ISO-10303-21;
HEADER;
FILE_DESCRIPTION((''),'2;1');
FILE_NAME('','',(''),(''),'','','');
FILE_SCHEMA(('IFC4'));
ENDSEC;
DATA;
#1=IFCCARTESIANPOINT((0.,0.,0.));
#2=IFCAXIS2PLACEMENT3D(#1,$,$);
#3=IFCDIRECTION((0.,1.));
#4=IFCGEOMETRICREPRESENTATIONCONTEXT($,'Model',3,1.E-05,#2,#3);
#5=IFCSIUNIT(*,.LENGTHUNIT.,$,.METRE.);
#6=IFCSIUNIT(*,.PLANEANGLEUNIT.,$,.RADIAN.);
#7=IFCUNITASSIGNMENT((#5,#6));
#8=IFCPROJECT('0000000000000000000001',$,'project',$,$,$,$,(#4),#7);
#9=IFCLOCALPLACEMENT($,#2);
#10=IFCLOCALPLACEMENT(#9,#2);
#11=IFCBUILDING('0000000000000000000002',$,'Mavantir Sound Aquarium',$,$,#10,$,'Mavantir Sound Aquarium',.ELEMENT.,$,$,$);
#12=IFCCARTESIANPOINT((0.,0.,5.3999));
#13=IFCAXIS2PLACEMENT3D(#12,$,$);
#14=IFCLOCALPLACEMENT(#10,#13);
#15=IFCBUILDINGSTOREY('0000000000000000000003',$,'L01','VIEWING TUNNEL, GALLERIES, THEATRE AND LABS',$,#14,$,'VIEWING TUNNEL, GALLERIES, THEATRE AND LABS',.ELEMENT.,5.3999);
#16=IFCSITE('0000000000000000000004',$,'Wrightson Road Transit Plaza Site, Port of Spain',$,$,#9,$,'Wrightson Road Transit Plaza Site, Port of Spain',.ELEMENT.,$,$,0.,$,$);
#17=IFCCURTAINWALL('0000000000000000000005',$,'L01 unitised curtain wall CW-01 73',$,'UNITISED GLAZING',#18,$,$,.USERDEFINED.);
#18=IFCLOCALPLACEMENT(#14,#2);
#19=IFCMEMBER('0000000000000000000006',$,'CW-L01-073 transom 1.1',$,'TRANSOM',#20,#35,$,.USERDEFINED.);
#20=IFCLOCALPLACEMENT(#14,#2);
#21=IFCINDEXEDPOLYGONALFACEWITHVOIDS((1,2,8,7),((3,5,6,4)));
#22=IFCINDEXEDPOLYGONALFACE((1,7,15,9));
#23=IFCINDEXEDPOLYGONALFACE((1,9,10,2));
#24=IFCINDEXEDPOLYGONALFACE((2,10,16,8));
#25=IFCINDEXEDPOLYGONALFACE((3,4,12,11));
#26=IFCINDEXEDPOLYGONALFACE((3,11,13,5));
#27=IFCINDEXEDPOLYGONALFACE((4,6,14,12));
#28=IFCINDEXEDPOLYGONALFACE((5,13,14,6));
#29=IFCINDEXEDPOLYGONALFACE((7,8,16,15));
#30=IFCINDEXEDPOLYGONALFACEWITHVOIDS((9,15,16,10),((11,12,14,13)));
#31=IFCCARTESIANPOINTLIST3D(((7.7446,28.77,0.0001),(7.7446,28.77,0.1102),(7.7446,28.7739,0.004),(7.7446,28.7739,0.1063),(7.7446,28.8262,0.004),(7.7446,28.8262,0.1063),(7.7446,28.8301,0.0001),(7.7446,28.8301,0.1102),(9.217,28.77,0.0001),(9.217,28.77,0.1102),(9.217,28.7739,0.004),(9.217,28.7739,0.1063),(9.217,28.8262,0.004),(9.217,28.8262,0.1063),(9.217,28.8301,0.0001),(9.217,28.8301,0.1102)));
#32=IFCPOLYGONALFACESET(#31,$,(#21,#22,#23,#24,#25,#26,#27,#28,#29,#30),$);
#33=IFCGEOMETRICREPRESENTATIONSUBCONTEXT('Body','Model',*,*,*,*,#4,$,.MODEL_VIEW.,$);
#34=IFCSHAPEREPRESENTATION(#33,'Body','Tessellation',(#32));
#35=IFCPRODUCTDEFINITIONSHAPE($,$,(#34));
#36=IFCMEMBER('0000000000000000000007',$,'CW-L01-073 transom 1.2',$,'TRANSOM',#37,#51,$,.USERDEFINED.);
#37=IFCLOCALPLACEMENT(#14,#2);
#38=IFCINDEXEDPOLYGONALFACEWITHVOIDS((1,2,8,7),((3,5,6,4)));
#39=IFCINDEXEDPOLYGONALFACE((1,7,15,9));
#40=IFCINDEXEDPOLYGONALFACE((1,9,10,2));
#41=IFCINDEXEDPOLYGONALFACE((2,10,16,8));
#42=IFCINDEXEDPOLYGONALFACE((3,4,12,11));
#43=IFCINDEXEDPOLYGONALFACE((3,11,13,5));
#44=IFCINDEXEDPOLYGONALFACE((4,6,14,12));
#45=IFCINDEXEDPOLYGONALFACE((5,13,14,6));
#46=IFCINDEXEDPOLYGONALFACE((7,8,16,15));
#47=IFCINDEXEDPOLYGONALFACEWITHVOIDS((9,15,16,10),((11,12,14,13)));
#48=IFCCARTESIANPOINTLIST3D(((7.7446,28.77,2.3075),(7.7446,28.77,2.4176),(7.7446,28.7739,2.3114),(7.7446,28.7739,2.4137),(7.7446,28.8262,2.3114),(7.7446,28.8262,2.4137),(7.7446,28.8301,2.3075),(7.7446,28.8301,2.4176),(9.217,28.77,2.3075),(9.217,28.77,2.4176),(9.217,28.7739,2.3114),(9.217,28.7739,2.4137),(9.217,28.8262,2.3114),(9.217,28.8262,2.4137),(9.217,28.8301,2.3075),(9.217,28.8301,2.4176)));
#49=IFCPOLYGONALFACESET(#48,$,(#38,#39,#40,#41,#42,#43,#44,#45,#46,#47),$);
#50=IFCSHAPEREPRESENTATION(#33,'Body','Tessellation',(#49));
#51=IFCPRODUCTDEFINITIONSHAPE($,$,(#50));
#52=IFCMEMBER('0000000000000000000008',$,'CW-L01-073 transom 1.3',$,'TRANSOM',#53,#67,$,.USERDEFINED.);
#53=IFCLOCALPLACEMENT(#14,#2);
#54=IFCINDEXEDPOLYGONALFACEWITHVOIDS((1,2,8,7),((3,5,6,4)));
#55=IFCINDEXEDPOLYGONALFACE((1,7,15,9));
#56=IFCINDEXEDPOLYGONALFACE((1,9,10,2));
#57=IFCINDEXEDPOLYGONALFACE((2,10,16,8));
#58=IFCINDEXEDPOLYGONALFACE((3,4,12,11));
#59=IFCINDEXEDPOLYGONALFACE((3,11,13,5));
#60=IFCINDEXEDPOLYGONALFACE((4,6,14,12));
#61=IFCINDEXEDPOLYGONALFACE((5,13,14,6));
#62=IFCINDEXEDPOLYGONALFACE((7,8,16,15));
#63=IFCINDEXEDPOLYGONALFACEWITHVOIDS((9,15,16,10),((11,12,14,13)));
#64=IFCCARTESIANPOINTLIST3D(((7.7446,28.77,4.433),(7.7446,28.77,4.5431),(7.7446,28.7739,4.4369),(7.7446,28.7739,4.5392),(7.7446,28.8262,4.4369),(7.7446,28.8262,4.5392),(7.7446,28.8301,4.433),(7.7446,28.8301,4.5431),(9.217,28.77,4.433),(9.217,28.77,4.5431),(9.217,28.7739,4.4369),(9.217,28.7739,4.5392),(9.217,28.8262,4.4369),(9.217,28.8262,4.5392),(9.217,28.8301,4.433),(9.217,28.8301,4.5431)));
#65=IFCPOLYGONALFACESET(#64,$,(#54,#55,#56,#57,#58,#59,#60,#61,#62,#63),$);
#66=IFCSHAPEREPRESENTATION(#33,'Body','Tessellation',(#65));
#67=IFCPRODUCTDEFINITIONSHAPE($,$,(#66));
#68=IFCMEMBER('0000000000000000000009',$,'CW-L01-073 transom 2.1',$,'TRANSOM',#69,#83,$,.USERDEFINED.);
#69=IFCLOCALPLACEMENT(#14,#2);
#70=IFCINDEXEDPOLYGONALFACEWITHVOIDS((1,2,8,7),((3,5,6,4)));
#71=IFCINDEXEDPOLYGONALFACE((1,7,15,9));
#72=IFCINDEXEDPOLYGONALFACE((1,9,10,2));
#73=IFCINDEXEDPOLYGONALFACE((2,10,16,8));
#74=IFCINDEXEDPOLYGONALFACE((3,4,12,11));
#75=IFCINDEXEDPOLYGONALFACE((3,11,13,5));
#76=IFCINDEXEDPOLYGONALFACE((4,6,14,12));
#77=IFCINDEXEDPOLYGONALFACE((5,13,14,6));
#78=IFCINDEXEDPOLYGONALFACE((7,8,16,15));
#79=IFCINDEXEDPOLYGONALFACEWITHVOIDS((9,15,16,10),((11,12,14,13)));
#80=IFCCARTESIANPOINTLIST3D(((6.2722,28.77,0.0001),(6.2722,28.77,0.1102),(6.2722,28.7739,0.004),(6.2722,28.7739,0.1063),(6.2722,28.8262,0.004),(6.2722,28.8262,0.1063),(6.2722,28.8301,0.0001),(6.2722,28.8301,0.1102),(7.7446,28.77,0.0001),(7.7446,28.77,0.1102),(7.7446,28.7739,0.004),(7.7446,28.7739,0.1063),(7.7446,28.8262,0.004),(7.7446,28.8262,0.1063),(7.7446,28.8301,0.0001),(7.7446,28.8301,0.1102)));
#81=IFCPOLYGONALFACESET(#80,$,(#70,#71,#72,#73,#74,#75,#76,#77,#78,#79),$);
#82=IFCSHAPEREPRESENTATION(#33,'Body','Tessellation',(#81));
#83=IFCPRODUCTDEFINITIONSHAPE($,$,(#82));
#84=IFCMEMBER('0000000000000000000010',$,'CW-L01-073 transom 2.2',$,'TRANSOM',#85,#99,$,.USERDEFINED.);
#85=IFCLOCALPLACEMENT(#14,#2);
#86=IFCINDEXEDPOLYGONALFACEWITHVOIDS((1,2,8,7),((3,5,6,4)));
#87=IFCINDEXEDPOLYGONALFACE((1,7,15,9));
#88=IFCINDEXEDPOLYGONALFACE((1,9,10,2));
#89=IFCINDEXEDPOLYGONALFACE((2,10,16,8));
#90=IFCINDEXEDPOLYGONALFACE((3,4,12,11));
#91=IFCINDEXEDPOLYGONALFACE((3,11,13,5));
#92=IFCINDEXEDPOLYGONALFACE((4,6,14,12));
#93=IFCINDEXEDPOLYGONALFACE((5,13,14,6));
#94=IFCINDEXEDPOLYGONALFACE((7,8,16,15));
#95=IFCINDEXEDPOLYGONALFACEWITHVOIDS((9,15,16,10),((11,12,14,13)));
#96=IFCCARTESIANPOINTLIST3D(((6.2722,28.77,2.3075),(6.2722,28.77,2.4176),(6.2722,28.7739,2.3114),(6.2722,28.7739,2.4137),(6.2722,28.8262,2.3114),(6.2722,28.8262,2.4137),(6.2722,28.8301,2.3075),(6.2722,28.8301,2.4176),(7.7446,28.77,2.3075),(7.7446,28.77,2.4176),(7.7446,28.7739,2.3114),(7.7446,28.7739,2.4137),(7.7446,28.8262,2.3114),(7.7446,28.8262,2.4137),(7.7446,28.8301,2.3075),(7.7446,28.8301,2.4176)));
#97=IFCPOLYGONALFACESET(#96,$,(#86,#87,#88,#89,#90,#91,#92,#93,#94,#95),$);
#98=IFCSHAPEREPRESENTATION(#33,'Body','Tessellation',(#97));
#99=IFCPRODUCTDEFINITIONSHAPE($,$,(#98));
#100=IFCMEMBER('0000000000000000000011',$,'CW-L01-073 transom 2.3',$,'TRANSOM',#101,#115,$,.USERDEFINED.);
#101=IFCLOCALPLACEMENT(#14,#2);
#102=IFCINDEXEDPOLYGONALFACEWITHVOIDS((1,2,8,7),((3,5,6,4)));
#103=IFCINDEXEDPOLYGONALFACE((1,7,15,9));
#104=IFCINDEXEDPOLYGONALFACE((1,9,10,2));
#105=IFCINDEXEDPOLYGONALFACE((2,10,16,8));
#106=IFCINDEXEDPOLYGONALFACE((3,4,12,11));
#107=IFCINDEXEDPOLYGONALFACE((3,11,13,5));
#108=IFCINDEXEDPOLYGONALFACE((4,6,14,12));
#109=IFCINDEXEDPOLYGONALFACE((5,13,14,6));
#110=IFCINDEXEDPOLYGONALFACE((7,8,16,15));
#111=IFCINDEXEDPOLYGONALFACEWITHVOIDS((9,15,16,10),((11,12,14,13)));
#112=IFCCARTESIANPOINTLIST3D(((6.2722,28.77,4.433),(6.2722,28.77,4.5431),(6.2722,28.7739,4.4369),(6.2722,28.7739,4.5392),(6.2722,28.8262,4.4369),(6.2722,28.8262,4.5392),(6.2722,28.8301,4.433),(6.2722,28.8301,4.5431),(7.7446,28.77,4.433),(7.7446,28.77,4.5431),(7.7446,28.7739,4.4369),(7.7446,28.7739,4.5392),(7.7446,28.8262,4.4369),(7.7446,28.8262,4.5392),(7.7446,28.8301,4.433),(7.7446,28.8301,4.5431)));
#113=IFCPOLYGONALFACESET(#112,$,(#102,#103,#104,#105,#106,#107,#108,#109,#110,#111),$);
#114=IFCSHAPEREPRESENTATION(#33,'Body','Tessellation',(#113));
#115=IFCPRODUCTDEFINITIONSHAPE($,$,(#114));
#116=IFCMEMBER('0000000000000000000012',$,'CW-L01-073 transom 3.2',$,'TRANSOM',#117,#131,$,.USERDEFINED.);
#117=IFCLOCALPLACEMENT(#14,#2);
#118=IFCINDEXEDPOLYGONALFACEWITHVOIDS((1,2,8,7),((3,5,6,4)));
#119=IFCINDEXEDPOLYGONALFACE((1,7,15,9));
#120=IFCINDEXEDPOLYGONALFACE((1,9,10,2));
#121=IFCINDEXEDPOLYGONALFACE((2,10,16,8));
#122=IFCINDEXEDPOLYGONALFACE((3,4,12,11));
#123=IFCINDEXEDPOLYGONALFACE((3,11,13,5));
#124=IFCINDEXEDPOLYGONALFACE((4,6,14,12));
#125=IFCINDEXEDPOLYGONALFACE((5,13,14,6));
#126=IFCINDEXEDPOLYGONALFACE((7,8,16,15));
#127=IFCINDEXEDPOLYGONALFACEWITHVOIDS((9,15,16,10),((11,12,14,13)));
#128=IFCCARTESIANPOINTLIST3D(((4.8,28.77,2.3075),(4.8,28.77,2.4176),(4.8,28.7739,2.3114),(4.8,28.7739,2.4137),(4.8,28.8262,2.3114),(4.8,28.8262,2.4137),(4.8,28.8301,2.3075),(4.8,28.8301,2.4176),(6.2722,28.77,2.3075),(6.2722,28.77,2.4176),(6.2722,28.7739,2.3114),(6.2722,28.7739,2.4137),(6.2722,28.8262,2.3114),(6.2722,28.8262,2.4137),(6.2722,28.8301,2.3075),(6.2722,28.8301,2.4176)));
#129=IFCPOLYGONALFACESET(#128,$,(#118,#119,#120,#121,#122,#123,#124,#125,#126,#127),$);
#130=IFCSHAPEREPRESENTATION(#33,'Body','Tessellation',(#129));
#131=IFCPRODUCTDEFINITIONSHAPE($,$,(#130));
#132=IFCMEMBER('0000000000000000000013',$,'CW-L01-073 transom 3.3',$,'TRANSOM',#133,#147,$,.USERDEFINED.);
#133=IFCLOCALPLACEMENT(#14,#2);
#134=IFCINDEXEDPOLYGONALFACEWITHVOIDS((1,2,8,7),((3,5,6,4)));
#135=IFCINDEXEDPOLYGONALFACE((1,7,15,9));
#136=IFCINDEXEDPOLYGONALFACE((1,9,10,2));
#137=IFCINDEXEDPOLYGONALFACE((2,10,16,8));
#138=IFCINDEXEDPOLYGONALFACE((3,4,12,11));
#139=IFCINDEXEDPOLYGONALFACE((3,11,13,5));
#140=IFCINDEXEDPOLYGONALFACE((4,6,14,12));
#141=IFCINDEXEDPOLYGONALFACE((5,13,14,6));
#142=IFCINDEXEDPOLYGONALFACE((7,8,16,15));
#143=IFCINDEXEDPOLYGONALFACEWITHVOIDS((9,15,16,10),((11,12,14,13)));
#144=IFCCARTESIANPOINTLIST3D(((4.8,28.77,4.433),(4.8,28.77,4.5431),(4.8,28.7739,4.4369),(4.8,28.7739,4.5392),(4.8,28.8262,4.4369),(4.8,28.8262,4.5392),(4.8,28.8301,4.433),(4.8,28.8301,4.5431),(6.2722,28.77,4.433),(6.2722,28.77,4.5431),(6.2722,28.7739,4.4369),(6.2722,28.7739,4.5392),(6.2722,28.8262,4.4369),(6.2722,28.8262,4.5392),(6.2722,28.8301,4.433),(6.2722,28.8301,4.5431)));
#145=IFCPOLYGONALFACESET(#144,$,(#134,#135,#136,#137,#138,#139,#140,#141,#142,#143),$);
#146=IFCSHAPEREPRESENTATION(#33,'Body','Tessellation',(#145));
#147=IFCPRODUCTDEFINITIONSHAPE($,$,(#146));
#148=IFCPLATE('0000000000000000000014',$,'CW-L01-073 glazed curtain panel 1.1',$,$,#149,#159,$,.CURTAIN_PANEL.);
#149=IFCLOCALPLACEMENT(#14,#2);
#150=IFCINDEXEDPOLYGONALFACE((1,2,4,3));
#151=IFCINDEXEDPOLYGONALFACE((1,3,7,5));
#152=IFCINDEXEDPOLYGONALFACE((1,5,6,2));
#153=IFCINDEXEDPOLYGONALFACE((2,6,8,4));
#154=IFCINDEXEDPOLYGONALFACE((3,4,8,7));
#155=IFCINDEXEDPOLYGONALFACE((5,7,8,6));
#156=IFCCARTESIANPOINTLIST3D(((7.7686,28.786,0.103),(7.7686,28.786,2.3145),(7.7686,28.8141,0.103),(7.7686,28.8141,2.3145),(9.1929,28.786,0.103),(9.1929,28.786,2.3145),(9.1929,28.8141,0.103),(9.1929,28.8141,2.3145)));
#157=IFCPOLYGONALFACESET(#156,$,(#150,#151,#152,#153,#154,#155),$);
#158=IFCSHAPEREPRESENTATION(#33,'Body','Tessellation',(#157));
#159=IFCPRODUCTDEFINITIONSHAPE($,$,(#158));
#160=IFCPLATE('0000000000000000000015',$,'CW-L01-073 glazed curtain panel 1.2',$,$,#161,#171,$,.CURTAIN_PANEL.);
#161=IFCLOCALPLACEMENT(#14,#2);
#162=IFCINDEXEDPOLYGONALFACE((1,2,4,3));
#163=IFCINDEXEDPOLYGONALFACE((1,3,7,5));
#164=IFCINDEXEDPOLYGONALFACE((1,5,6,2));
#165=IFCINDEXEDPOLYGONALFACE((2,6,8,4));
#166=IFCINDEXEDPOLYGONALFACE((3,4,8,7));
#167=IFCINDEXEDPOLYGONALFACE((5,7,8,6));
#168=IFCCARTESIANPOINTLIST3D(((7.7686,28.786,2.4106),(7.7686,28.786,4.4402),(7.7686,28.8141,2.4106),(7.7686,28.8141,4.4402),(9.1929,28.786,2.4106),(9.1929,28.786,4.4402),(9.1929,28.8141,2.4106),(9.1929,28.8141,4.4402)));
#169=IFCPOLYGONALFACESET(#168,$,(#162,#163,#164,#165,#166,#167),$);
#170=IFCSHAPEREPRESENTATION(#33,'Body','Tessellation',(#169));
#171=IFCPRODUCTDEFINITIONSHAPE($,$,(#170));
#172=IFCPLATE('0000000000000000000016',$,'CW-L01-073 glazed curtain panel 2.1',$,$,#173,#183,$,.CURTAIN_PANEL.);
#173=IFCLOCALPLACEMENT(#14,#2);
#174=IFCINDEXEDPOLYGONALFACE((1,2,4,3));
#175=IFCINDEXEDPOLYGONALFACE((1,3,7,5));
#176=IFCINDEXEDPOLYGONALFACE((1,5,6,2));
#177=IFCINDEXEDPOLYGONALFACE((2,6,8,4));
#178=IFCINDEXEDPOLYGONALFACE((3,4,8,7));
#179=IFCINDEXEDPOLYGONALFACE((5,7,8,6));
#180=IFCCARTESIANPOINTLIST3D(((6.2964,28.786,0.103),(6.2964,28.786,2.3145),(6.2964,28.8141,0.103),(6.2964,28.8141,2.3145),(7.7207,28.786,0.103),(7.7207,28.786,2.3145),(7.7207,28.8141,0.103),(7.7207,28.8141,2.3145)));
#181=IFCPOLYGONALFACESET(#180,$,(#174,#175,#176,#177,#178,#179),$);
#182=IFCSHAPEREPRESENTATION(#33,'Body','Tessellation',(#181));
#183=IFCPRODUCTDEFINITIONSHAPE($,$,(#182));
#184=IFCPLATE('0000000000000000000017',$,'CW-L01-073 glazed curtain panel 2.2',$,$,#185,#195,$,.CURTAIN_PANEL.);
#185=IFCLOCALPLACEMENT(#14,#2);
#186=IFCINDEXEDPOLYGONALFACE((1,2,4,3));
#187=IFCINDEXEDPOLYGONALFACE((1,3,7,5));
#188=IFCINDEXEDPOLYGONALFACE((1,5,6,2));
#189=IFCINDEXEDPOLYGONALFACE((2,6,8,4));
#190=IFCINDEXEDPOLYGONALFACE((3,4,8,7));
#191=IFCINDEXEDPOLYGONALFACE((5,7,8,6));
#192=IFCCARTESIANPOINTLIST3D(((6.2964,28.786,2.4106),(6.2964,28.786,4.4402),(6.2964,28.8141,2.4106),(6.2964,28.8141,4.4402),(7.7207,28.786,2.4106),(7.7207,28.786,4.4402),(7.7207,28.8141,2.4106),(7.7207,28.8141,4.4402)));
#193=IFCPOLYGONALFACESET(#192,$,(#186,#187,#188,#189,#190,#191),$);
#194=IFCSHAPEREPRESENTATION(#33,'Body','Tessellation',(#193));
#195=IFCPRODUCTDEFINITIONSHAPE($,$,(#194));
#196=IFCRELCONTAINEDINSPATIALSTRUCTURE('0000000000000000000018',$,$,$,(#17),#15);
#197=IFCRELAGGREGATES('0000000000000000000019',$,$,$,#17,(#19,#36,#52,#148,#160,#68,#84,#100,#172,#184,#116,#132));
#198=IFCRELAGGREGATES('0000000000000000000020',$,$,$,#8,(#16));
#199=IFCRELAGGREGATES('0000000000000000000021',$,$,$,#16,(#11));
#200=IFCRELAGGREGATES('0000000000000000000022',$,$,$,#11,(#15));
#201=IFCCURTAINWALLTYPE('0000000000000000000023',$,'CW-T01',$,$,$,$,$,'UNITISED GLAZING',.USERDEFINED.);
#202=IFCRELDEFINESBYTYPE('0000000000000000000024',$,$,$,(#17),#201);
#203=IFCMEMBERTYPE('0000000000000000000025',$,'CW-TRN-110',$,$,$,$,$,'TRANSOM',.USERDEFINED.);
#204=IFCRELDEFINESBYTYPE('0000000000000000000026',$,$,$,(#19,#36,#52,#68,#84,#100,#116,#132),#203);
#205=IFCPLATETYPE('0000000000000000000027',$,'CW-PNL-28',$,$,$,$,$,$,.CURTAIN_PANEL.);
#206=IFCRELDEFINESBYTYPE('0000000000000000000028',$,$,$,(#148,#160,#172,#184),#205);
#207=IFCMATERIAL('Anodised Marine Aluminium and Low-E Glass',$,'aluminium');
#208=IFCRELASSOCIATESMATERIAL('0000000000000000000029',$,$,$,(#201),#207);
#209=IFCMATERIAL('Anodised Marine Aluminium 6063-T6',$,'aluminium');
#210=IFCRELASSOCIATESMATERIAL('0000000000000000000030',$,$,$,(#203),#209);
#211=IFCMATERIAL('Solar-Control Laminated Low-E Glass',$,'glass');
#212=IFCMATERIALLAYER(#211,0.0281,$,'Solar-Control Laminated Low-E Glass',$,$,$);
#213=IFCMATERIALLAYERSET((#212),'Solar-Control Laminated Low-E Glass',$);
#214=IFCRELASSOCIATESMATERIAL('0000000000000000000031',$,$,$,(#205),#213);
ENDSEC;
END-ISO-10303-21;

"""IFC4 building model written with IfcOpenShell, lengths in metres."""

from ifc_helpers import new_model, si_unit, direction, frame, origin, origin_2d, place, context, subcontext, project, spatial, rectangle, hollow_rectangle, extrude, material, layer, layer_set, material_profile, profile_set, type_object, element, aggregate, save


model = new_model("IFC4")

# Units and contexts
model_context = context("Model", 3, precision=1e-05, world=origin(), true_north=direction((0.0, 1.0)))
body_context = subcontext(model_context, "Body", "Model", "MODEL_VIEW")
ifc_project = project(units=[si_unit("LENGTHUNIT", "METRE"), si_unit("PLANEANGLEUNIT", "RADIAN")], contexts=[model_context])

# Site, building, storey
site_placement = place(None, origin())
site = spatial("IfcSite", under=ifc_project, at=site_placement, Name="Wrightson Road Transit Plaza Site, Port of Spain", LongName="Wrightson Road Transit Plaza Site, Port of Spain", CompositionType="ELEMENT", RefElevation=0.0)
building_placement = place(site_placement, origin())
building = spatial("IfcBuilding", under=site, at=building_placement, Name="Mavantir Sound Aquarium", LongName="Mavantir Sound Aquarium", CompositionType="ELEMENT")
storey_placement = place(building_placement, frame((0.0, 0.0, 5.3999)))
storey = spatial("IfcBuildingStorey", under=building, at=storey_placement, Name="L01", Description="VIEWING TUNNEL, GALLERIES, THEATRE AND LABS", LongName="VIEWING TUNNEL, GALLERIES, THEATRE AND LABS", CompositionType="ELEMENT", Elevation=5.3999)

# Curtain wall
ifc_material_1 = material(Name="Anodised Marine Aluminium and Low-E Glass", Category="aluminium")
curtain_wall_type_1 = type_object("IfcCurtainWallType", Name="CW-T01", ElementType="UNITISED GLAZING", PredefinedType="USERDEFINED", material=ifc_material_1)
curtain_wall_1_placement = place(storey_placement, origin())
curtain_wall_1 = element("IfcCurtainWall", 1, at=curtain_wall_1_placement, inside=storey, type_object=curtain_wall_type_1, Name="L01 unitised curtain wall CW-01 73", ObjectType="UNITISED GLAZING", PredefinedType="USERDEFINED")
ifc_material_2 = material(Name="Anodised Marine Aluminium 6063-T6", Category="aluminium")
ifc_material_profile_1 = material_profile(ifc_material_2, hollow_rectangle(XDim=0.0601, YDim=0.1101, WallThickness=0.0039, at=origin_2d()), Name="ALU-TRANSOM-110X60")
ifc_profile_set_1 = profile_set([ifc_material_profile_1], Name="Anodised Marine Aluminium 6063-T6")
member_type_1 = type_object("IfcMemberType", Name="CW-TRN-110", ElementType="TRANSOM", PredefinedType="USERDEFINED", material=ifc_profile_set_1)

# Members
member_1_placement = place(storey_placement, frame((9.217, 28.8, 0.0552), z_axis=(-1.0, 0.0, 0.0), x_axis=(0.0, -1.0, 0.0)))
member_1 = element("IfcMember", 2, at=member_1_placement, type_object=member_type_1, Name="CW-L01-073 transom 1.1", ObjectType="TRANSOM", PredefinedType="USERDEFINED", context=body_context, shape_type="SweptSolid", body=[
    extrude(hollow_rectangle(XDim=0.0601, YDim=0.1101, WallThickness=0.0039, at=origin_2d()), origin(), (0.0, 0.0, 1.0), 1.4724),
])
member_2_placement = place(storey_placement, frame((9.217, 28.8, 2.3625), z_axis=(-1.0, 0.0, 0.0), x_axis=(0.0, -1.0, 0.0)))
member_2 = element("IfcMember", 3, at=member_2_placement, type_object=member_type_1, Name="CW-L01-073 transom 1.2", ObjectType="TRANSOM", PredefinedType="USERDEFINED", context=body_context, shape_type="SweptSolid", body=[
    extrude(hollow_rectangle(XDim=0.0601, YDim=0.1101, WallThickness=0.0039, at=origin_2d()), origin(), (0.0, 0.0, 1.0), 1.4724),
])
member_3_placement = place(storey_placement, frame((9.217, 28.8, 4.488), z_axis=(-1.0, 0.0, 0.0), x_axis=(0.0, -1.0, 0.0)))
member_3 = element("IfcMember", 4, at=member_3_placement, type_object=member_type_1, Name="CW-L01-073 transom 1.3", ObjectType="TRANSOM", PredefinedType="USERDEFINED", context=body_context, shape_type="SweptSolid", body=[
    extrude(hollow_rectangle(XDim=0.0601, YDim=0.1101, WallThickness=0.0039, at=origin_2d()), origin(), (0.0, 0.0, 1.0), 1.4724),
])
member_4_placement = place(storey_placement, frame((7.7446, 28.8, 0.0552), z_axis=(-1.0, 0.0, 0.0), x_axis=(0.0, -1.0, 0.0)))
member_4 = element("IfcMember", 5, at=member_4_placement, type_object=member_type_1, Name="CW-L01-073 transom 2.1", ObjectType="TRANSOM", PredefinedType="USERDEFINED", context=body_context, shape_type="SweptSolid", body=[
    extrude(hollow_rectangle(XDim=0.0601, YDim=0.1101, WallThickness=0.0039, at=origin_2d()), origin(), (0.0, 0.0, 1.0), 1.4724),
])
member_5_placement = place(storey_placement, frame((7.7446, 28.8, 2.3625), z_axis=(-1.0, 0.0, 0.0), x_axis=(0.0, -1.0, 0.0)))
member_5 = element("IfcMember", 6, at=member_5_placement, type_object=member_type_1, Name="CW-L01-073 transom 2.2", ObjectType="TRANSOM", PredefinedType="USERDEFINED", context=body_context, shape_type="SweptSolid", body=[
    extrude(hollow_rectangle(XDim=0.0601, YDim=0.1101, WallThickness=0.0039, at=origin_2d()), origin(), (0.0, 0.0, 1.0), 1.4724),
])
member_6_placement = place(storey_placement, frame((7.7446, 28.8, 4.488), z_axis=(-1.0, 0.0, 0.0), x_axis=(0.0, -1.0, 0.0)))
member_6 = element("IfcMember", 7, at=member_6_placement, type_object=member_type_1, Name="CW-L01-073 transom 2.3", ObjectType="TRANSOM", PredefinedType="USERDEFINED", context=body_context, shape_type="SweptSolid", body=[
    extrude(hollow_rectangle(XDim=0.0601, YDim=0.1101, WallThickness=0.0039, at=origin_2d()), origin(), (0.0, 0.0, 1.0), 1.4724),
])
member_7_placement = place(storey_placement, frame((6.2722, 28.8, 2.3625), z_axis=(-1.0, 0.0, 0.0), x_axis=(0.0, -1.0, 0.0)))
member_7 = element("IfcMember", 8, at=member_7_placement, type_object=member_type_1, Name="CW-L01-073 transom 3.2", ObjectType="TRANSOM", PredefinedType="USERDEFINED", context=body_context, shape_type="SweptSolid", body=[
    extrude(hollow_rectangle(XDim=0.0601, YDim=0.1101, WallThickness=0.0039, at=origin_2d()), origin(), (0.0, 0.0, 1.0), 1.4722),
])
member_8_placement = place(storey_placement, frame((6.2722, 28.8, 4.488), z_axis=(-1.0, 0.0, 0.0), x_axis=(0.0, -1.0, 0.0)))
member_8 = element("IfcMember", 9, at=member_8_placement, type_object=member_type_1, Name="CW-L01-073 transom 3.3", ObjectType="TRANSOM", PredefinedType="USERDEFINED", context=body_context, shape_type="SweptSolid", body=[
    extrude(hollow_rectangle(XDim=0.0601, YDim=0.1101, WallThickness=0.0039, at=origin_2d()), origin(), (0.0, 0.0, 1.0), 1.4722),
])

# Plates
ifc_material_3 = material(Name="Solar-Control Laminated Low-E Glass", Category="glass")
ifc_layer_1 = layer(ifc_material_3, 0.0281, Name="Solar-Control Laminated Low-E Glass")
ifc_layer_set_1 = layer_set([ifc_layer_1], Name="Solar-Control Laminated Low-E Glass")
plate_type_1 = type_object("IfcPlateType", Name="CW-PNL-28", PredefinedType="CURTAIN_PANEL", material=ifc_layer_set_1)
plate_1_placement = place(storey_placement, frame((8.4807, 28.8, 0.103), z_axis=(0.0, 0.0, 1.0), x_axis=(-1.0, 0.0, 0.0)))
plate_1 = element("IfcPlate", 10, at=plate_1_placement, type_object=plate_type_1, Name="CW-L01-073 glazed curtain panel 1.1", PredefinedType="CURTAIN_PANEL", context=body_context, shape_type="SweptSolid", body=[
    extrude(rectangle(XDim=1.4243, YDim=0.0281, at=origin_2d()), origin(), (0.0, 0.0, 1.0), 2.2114),
])
plate_2_placement = place(storey_placement, frame((8.4807, 28.8, 2.4106), z_axis=(0.0, 0.0, 1.0), x_axis=(-1.0, 0.0, 0.0)))
plate_2 = element("IfcPlate", 11, at=plate_2_placement, type_object=plate_type_1, Name="CW-L01-073 glazed curtain panel 1.2", PredefinedType="CURTAIN_PANEL", context=body_context, shape_type="SweptSolid", body=[
    extrude(rectangle(XDim=1.4243, YDim=0.0281, at=origin_2d()), origin(), (0.0, 0.0, 1.0), 2.0295),
])
plate_3_placement = place(storey_placement, frame((7.0085, 28.8, 0.103), z_axis=(0.0, 0.0, 1.0), x_axis=(-1.0, 0.0, 0.0)))
plate_3 = element("IfcPlate", 12, at=plate_3_placement, type_object=plate_type_1, Name="CW-L01-073 glazed curtain panel 2.1", PredefinedType="CURTAIN_PANEL", context=body_context, shape_type="SweptSolid", body=[
    extrude(rectangle(XDim=1.4243, YDim=0.0281, at=origin_2d()), origin(), (0.0, 0.0, 1.0), 2.2114),
])
plate_4_placement = place(storey_placement, frame((7.0085, 28.8, 2.4106), z_axis=(0.0, 0.0, 1.0), x_axis=(-1.0, 0.0, 0.0)))
plate_4 = element("IfcPlate", 13, at=plate_4_placement, type_object=plate_type_1, Name="CW-L01-073 glazed curtain panel 2.2", PredefinedType="CURTAIN_PANEL", context=body_context, shape_type="SweptSolid", body=[
    extrude(rectangle(XDim=1.4243, YDim=0.0281, at=origin_2d()), origin(), (0.0, 0.0, 1.0), 2.0295),
])
aggregate(curtain_wall_1, [member_1, member_2, member_3, plate_1, plate_2, member_4, member_5, member_6, plate_3, plate_4, member_7, member_8])

save(model, "model.ifc")
